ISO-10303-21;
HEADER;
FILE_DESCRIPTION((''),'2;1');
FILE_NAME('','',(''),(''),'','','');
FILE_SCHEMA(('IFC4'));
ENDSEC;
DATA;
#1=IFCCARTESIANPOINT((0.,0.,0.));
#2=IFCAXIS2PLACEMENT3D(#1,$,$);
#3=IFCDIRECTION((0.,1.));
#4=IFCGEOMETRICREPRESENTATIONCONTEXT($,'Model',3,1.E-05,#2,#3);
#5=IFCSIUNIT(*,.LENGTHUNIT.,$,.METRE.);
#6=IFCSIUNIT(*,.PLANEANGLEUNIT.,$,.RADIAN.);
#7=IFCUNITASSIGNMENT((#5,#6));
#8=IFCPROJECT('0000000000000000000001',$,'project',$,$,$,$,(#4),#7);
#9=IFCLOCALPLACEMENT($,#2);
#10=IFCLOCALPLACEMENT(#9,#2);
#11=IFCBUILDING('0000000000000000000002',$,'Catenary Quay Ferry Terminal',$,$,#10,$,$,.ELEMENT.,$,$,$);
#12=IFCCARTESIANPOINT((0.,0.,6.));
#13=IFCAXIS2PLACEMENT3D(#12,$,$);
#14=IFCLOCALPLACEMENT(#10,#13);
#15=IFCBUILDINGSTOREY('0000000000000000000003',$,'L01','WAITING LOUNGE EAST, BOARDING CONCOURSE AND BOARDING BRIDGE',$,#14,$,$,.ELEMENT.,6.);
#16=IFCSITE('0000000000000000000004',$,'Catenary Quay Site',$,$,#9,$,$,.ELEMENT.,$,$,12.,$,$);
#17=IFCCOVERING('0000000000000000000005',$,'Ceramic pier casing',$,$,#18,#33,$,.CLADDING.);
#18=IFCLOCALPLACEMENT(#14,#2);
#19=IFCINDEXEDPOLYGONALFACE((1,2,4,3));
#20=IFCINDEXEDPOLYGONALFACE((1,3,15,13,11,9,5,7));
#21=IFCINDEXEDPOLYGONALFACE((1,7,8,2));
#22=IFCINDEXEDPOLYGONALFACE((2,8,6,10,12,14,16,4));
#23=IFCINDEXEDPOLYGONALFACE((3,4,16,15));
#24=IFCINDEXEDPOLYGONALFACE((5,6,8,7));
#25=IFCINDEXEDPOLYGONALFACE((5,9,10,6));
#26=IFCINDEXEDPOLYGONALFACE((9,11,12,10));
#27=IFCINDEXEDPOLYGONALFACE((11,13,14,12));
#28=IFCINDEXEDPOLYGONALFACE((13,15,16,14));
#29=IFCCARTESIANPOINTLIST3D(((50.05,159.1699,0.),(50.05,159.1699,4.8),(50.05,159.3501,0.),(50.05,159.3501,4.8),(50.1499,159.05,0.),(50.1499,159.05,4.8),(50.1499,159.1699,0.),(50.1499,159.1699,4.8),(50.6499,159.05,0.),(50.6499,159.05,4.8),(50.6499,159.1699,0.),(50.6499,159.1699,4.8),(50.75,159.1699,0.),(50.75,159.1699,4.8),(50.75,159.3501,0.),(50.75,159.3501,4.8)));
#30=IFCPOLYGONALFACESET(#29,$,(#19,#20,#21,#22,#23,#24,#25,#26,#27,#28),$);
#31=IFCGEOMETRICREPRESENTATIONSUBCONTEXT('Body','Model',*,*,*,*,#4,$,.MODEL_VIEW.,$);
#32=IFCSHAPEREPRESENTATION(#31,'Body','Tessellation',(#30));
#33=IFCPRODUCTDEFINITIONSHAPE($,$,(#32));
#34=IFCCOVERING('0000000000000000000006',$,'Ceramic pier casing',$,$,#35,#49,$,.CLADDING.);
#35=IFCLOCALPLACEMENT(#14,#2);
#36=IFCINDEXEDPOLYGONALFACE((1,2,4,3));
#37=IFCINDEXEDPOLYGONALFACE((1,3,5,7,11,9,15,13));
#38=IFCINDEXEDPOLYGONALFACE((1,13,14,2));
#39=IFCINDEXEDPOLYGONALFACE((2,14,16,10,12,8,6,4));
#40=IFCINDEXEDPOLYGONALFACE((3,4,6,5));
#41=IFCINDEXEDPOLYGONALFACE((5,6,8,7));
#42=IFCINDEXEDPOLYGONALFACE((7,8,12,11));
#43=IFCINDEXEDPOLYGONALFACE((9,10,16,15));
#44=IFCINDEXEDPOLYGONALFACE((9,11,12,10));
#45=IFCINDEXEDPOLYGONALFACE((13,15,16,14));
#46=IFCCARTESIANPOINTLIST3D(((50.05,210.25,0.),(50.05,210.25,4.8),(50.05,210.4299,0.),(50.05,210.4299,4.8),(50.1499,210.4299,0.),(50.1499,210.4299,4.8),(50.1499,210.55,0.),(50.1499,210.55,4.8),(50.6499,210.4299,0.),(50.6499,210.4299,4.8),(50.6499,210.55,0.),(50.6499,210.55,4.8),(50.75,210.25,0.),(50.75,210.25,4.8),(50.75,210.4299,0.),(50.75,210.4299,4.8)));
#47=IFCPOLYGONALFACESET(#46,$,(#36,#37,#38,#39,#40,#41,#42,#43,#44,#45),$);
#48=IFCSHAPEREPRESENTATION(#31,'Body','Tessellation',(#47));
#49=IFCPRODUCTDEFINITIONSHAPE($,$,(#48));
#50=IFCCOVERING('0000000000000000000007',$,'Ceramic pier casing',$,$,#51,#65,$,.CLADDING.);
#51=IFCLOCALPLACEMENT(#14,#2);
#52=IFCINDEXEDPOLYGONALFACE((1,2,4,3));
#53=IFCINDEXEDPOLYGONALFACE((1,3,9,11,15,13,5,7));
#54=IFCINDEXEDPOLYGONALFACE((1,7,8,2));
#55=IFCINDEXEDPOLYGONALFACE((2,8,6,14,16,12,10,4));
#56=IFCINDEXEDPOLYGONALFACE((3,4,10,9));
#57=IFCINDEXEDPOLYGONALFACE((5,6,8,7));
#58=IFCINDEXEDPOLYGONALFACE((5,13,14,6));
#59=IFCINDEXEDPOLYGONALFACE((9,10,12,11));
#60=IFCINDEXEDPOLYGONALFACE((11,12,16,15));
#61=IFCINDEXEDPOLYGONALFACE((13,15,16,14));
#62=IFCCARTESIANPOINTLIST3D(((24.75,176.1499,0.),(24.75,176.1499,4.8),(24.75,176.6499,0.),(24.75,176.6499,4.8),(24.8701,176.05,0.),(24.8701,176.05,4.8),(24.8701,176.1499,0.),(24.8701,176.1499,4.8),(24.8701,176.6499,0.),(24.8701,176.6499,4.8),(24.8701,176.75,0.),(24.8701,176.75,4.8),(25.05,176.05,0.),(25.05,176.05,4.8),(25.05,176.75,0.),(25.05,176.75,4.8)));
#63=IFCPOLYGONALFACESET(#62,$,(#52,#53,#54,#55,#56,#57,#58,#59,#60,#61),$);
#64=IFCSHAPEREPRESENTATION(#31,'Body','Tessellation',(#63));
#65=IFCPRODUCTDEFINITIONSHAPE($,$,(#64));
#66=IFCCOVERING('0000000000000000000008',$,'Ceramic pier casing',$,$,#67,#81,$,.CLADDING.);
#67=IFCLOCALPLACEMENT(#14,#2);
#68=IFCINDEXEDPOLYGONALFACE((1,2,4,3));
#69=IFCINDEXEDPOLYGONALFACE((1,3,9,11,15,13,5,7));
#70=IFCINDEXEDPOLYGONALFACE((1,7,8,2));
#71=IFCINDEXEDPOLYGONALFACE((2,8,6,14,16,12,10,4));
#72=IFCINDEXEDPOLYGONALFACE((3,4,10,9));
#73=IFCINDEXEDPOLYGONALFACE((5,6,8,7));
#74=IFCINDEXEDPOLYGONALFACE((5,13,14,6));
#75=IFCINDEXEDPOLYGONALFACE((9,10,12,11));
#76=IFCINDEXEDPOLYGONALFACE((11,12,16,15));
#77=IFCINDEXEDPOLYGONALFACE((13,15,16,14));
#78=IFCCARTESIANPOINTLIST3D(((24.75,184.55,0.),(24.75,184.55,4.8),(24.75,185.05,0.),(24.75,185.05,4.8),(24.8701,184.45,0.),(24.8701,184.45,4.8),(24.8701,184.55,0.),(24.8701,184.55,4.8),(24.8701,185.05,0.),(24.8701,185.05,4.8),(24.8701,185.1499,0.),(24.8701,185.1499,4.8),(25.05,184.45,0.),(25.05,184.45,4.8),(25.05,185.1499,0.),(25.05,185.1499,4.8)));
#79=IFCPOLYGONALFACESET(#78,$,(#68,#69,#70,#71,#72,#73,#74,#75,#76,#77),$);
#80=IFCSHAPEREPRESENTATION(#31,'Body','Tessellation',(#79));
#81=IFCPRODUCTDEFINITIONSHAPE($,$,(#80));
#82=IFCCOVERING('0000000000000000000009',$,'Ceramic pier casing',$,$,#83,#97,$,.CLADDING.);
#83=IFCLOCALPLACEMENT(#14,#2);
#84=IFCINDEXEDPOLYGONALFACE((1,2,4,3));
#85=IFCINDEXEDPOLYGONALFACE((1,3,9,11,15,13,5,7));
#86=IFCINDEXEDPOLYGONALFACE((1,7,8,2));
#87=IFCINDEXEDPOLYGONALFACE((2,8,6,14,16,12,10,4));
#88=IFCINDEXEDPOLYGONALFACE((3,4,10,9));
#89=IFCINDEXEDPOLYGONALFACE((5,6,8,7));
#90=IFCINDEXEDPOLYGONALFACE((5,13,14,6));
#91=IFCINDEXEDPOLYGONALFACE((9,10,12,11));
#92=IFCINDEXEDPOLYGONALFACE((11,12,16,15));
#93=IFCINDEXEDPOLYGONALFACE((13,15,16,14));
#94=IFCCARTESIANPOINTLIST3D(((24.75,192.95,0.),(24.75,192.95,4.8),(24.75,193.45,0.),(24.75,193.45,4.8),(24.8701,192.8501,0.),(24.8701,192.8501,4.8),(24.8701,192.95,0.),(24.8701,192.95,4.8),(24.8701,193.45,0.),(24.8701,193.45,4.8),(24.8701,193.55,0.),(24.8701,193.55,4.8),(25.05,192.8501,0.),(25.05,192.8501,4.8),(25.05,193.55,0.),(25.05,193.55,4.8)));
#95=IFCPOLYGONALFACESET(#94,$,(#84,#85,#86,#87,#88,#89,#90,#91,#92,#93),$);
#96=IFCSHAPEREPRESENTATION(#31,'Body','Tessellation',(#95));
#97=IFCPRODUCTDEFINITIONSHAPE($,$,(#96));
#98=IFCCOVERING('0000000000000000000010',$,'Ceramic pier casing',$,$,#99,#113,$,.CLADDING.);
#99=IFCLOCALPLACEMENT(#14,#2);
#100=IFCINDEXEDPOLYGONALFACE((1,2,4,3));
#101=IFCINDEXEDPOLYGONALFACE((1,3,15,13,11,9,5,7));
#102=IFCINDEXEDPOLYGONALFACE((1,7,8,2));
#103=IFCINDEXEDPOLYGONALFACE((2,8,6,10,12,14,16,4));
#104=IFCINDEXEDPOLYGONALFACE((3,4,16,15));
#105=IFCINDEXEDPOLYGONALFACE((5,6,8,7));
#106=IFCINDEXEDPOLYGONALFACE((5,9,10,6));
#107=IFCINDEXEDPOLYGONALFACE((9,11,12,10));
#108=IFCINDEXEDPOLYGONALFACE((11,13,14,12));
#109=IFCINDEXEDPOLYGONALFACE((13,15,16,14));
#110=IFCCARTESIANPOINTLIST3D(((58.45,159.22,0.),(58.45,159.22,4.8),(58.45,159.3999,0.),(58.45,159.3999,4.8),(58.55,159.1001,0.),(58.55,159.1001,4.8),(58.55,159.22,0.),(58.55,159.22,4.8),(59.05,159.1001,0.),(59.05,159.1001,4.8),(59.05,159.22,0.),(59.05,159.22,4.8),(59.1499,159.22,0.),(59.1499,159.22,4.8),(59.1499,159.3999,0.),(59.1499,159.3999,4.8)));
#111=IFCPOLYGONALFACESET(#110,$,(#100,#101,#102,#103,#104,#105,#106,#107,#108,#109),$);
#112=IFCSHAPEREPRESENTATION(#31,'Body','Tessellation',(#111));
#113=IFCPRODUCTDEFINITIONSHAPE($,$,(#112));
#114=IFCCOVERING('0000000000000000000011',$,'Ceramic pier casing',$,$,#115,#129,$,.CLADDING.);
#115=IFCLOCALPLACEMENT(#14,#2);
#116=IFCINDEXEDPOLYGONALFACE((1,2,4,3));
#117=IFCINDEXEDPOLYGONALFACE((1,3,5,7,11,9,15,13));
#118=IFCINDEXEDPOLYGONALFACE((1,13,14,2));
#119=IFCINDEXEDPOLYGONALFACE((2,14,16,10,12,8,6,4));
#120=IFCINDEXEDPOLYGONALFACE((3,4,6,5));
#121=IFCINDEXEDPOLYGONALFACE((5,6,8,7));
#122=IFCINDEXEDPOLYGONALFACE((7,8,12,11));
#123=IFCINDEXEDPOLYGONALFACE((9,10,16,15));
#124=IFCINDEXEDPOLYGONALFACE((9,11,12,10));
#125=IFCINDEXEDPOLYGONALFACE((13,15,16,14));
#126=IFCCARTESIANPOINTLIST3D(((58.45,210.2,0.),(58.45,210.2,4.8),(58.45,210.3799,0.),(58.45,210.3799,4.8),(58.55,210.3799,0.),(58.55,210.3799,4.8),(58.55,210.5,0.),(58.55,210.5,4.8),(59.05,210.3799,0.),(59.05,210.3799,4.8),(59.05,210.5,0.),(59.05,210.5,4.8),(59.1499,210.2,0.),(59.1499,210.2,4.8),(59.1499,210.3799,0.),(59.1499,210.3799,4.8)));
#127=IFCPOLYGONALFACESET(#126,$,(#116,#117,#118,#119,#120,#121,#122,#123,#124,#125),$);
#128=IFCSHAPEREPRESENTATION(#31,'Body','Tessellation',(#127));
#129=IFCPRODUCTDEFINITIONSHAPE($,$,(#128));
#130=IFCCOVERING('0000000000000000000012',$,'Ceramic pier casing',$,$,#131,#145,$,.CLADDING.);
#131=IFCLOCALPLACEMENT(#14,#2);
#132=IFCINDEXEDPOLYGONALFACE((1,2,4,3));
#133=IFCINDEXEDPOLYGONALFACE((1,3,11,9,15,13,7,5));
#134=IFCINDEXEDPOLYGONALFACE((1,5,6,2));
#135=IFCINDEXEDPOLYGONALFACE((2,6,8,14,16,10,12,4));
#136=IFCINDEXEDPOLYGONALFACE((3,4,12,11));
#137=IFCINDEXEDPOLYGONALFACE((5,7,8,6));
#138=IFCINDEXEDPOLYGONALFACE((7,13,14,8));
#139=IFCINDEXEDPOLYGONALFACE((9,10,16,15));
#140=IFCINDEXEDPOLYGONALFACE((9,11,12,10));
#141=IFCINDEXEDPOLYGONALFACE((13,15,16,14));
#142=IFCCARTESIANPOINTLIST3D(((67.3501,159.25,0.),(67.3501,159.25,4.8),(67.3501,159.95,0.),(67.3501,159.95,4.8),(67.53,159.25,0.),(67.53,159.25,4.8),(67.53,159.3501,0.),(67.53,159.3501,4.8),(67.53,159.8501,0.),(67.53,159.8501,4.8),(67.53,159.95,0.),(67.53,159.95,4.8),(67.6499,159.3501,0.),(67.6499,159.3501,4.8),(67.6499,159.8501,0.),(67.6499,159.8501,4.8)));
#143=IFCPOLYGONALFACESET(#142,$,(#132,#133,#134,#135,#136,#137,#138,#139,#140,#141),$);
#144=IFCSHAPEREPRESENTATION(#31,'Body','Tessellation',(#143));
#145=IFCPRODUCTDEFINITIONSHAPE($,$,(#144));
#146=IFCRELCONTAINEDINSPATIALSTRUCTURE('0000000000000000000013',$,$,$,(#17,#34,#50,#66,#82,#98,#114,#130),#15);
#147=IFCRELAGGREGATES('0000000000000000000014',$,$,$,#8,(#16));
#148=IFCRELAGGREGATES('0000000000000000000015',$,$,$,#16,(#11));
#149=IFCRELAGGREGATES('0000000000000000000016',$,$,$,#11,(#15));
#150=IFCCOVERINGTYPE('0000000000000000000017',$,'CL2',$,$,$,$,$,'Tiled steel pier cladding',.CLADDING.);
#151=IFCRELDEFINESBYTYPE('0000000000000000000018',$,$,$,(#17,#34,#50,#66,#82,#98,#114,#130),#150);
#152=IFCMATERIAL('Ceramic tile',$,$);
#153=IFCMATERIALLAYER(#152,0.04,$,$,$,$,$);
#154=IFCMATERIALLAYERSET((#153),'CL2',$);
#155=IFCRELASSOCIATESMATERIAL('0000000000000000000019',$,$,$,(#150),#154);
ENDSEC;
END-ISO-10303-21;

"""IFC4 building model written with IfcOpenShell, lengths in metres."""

from ifc_helpers import new_model, si_unit, direction, frame, origin, place, context, subcontext, project, spatial, polyline, outline, extrude, material, layer, layer_set, type_object, element, save


model = new_model("IFC4")

# Units and contexts
model_context = context("Model", 3, precision=1e-05, world=origin(), true_north=direction((0.0, 1.0)))
body_context = subcontext(model_context, "Body", "Model", "MODEL_VIEW")
ifc_project = project(units=[si_unit("LENGTHUNIT", "METRE"), si_unit("PLANEANGLEUNIT", "RADIAN")], contexts=[model_context])

# Site, building, storey
site_placement = place(None, origin())
site = spatial("IfcSite", under=ifc_project, at=site_placement, Name="Catenary Quay Site", CompositionType="ELEMENT", RefElevation=12.0)
building_placement = place(site_placement, origin())
building = spatial("IfcBuilding", under=site, at=building_placement, Name="Catenary Quay Ferry Terminal", CompositionType="ELEMENT")
storey_placement = place(building_placement, frame((0.0, 0.0, 6.0)))
storey = spatial("IfcBuildingStorey", under=building, at=storey_placement, Name="L01", Description="WAITING LOUNGE EAST, BOARDING CONCOURSE AND BOARDING BRIDGE", CompositionType="ELEMENT", Elevation=6.0)

# Coverings
ifc_material_1 = material(Name="Ceramic tile")
ifc_layer_1 = layer(ifc_material_1, 0.04)
ifc_layer_set_1 = layer_set([ifc_layer_1], Name="CL2")
covering_type = type_object("IfcCoveringType", Name="CL2", ElementType="Tiled steel pier cladding", PredefinedType="CLADDING", material=ifc_layer_set_1)
covering_1_placement = place(storey_placement, origin())
element("IfcCovering", 1, at=covering_1_placement, inside=storey, type_object=covering_type, Name="Ceramic pier casing", PredefinedType="CLADDING", context=body_context, shape_type="SweptSolid", body=[
    extrude(outline(polyline([(50.05, 159.3501), (50.05, 159.1699), (50.1499, 159.1699), (50.1499, 159.05), (50.6499, 159.05), (50.6499, 159.1699), (50.75, 159.1699), (50.75, 159.3501), (50.05, 159.3501)])), origin(), (0.0, 0.0, 1.0), 4.8),
])
covering_2_placement = place(storey_placement, origin())
element("IfcCovering", 2, at=covering_2_placement, inside=storey, type_object=covering_type, Name="Ceramic pier casing", PredefinedType="CLADDING", context=body_context, shape_type="SweptSolid", body=[
    extrude(outline(polyline([(50.75, 210.25), (50.75, 210.4299), (50.6499, 210.4299), (50.6499, 210.55), (50.1499, 210.55), (50.1499, 210.4299), (50.05, 210.4299), (50.05, 210.25), (50.75, 210.25)])), origin(), (0.0, 0.0, 1.0), 4.8),
])
covering_3_placement = place(storey_placement, origin())
element("IfcCovering", 3, at=covering_3_placement, inside=storey, type_object=covering_type, Name="Ceramic pier casing", PredefinedType="CLADDING", context=body_context, shape_type="SweptSolid", body=[
    extrude(outline(polyline([(25.05, 176.75), (24.8701, 176.75), (24.8701, 176.6499), (24.75, 176.6499), (24.75, 176.1499), (24.8701, 176.1499), (24.8701, 176.05), (25.05, 176.05), (25.05, 176.75)])), origin(), (0.0, 0.0, 1.0), 4.8),
])
covering_4_placement = place(storey_placement, origin())
element("IfcCovering", 4, at=covering_4_placement, inside=storey, type_object=covering_type, Name="Ceramic pier casing", PredefinedType="CLADDING", context=body_context, shape_type="SweptSolid", body=[
    extrude(outline(polyline([(25.05, 185.1499), (24.8701, 185.1499), (24.8701, 185.05), (24.75, 185.05), (24.75, 184.55), (24.8701, 184.55), (24.8701, 184.45), (25.05, 184.45), (25.05, 185.1499)])), origin(), (0.0, 0.0, 1.0), 4.8),
])
covering_5_placement = place(storey_placement, origin())
element("IfcCovering", 5, at=covering_5_placement, inside=storey, type_object=covering_type, Name="Ceramic pier casing", PredefinedType="CLADDING", context=body_context, shape_type="SweptSolid", body=[
    extrude(outline(polyline([(25.05, 193.55), (24.8701, 193.55), (24.8701, 193.45), (24.75, 193.45), (24.75, 192.95), (24.8701, 192.95), (24.8701, 192.8501), (25.05, 192.8501), (25.05, 193.55)])), origin(), (0.0, 0.0, 1.0), 4.8),
])
covering_6_placement = place(storey_placement, origin())
element("IfcCovering", 6, at=covering_6_placement, inside=storey, type_object=covering_type, Name="Ceramic pier casing", PredefinedType="CLADDING", context=body_context, shape_type="SweptSolid", body=[
    extrude(outline(polyline([(58.45, 159.3999), (58.45, 159.22), (58.55, 159.22), (58.55, 159.1001), (59.05, 159.1001), (59.05, 159.22), (59.1499, 159.22), (59.1499, 159.3999), (58.45, 159.3999)])), origin(), (0.0, 0.0, 1.0), 4.8),
])
covering_7_placement = place(storey_placement, origin())
element("IfcCovering", 7, at=covering_7_placement, inside=storey, type_object=covering_type, Name="Ceramic pier casing", PredefinedType="CLADDING", context=body_context, shape_type="SweptSolid", body=[
    extrude(outline(polyline([(59.1499, 210.2), (59.1499, 210.3799), (59.05, 210.3799), (59.05, 210.5), (58.55, 210.5), (58.55, 210.3799), (58.45, 210.3799), (58.45, 210.2), (59.1499, 210.2)])), origin(), (0.0, 0.0, 1.0), 4.8),
])
covering_8_placement = place(storey_placement, origin())
element("IfcCovering", 8, at=covering_8_placement, inside=storey, type_object=covering_type, Name="Ceramic pier casing", PredefinedType="CLADDING", context=body_context, shape_type="SweptSolid", body=[
    extrude(outline(polyline([(67.3501, 159.25), (67.53, 159.25), (67.53, 159.3501), (67.6499, 159.3501), (67.6499, 159.8501), (67.53, 159.8501), (67.53, 159.95), (67.3501, 159.95), (67.3501, 159.25)])), origin(), (0.0, 0.0, 1.0), 4.8),
])

save(model, "model.ifc")
